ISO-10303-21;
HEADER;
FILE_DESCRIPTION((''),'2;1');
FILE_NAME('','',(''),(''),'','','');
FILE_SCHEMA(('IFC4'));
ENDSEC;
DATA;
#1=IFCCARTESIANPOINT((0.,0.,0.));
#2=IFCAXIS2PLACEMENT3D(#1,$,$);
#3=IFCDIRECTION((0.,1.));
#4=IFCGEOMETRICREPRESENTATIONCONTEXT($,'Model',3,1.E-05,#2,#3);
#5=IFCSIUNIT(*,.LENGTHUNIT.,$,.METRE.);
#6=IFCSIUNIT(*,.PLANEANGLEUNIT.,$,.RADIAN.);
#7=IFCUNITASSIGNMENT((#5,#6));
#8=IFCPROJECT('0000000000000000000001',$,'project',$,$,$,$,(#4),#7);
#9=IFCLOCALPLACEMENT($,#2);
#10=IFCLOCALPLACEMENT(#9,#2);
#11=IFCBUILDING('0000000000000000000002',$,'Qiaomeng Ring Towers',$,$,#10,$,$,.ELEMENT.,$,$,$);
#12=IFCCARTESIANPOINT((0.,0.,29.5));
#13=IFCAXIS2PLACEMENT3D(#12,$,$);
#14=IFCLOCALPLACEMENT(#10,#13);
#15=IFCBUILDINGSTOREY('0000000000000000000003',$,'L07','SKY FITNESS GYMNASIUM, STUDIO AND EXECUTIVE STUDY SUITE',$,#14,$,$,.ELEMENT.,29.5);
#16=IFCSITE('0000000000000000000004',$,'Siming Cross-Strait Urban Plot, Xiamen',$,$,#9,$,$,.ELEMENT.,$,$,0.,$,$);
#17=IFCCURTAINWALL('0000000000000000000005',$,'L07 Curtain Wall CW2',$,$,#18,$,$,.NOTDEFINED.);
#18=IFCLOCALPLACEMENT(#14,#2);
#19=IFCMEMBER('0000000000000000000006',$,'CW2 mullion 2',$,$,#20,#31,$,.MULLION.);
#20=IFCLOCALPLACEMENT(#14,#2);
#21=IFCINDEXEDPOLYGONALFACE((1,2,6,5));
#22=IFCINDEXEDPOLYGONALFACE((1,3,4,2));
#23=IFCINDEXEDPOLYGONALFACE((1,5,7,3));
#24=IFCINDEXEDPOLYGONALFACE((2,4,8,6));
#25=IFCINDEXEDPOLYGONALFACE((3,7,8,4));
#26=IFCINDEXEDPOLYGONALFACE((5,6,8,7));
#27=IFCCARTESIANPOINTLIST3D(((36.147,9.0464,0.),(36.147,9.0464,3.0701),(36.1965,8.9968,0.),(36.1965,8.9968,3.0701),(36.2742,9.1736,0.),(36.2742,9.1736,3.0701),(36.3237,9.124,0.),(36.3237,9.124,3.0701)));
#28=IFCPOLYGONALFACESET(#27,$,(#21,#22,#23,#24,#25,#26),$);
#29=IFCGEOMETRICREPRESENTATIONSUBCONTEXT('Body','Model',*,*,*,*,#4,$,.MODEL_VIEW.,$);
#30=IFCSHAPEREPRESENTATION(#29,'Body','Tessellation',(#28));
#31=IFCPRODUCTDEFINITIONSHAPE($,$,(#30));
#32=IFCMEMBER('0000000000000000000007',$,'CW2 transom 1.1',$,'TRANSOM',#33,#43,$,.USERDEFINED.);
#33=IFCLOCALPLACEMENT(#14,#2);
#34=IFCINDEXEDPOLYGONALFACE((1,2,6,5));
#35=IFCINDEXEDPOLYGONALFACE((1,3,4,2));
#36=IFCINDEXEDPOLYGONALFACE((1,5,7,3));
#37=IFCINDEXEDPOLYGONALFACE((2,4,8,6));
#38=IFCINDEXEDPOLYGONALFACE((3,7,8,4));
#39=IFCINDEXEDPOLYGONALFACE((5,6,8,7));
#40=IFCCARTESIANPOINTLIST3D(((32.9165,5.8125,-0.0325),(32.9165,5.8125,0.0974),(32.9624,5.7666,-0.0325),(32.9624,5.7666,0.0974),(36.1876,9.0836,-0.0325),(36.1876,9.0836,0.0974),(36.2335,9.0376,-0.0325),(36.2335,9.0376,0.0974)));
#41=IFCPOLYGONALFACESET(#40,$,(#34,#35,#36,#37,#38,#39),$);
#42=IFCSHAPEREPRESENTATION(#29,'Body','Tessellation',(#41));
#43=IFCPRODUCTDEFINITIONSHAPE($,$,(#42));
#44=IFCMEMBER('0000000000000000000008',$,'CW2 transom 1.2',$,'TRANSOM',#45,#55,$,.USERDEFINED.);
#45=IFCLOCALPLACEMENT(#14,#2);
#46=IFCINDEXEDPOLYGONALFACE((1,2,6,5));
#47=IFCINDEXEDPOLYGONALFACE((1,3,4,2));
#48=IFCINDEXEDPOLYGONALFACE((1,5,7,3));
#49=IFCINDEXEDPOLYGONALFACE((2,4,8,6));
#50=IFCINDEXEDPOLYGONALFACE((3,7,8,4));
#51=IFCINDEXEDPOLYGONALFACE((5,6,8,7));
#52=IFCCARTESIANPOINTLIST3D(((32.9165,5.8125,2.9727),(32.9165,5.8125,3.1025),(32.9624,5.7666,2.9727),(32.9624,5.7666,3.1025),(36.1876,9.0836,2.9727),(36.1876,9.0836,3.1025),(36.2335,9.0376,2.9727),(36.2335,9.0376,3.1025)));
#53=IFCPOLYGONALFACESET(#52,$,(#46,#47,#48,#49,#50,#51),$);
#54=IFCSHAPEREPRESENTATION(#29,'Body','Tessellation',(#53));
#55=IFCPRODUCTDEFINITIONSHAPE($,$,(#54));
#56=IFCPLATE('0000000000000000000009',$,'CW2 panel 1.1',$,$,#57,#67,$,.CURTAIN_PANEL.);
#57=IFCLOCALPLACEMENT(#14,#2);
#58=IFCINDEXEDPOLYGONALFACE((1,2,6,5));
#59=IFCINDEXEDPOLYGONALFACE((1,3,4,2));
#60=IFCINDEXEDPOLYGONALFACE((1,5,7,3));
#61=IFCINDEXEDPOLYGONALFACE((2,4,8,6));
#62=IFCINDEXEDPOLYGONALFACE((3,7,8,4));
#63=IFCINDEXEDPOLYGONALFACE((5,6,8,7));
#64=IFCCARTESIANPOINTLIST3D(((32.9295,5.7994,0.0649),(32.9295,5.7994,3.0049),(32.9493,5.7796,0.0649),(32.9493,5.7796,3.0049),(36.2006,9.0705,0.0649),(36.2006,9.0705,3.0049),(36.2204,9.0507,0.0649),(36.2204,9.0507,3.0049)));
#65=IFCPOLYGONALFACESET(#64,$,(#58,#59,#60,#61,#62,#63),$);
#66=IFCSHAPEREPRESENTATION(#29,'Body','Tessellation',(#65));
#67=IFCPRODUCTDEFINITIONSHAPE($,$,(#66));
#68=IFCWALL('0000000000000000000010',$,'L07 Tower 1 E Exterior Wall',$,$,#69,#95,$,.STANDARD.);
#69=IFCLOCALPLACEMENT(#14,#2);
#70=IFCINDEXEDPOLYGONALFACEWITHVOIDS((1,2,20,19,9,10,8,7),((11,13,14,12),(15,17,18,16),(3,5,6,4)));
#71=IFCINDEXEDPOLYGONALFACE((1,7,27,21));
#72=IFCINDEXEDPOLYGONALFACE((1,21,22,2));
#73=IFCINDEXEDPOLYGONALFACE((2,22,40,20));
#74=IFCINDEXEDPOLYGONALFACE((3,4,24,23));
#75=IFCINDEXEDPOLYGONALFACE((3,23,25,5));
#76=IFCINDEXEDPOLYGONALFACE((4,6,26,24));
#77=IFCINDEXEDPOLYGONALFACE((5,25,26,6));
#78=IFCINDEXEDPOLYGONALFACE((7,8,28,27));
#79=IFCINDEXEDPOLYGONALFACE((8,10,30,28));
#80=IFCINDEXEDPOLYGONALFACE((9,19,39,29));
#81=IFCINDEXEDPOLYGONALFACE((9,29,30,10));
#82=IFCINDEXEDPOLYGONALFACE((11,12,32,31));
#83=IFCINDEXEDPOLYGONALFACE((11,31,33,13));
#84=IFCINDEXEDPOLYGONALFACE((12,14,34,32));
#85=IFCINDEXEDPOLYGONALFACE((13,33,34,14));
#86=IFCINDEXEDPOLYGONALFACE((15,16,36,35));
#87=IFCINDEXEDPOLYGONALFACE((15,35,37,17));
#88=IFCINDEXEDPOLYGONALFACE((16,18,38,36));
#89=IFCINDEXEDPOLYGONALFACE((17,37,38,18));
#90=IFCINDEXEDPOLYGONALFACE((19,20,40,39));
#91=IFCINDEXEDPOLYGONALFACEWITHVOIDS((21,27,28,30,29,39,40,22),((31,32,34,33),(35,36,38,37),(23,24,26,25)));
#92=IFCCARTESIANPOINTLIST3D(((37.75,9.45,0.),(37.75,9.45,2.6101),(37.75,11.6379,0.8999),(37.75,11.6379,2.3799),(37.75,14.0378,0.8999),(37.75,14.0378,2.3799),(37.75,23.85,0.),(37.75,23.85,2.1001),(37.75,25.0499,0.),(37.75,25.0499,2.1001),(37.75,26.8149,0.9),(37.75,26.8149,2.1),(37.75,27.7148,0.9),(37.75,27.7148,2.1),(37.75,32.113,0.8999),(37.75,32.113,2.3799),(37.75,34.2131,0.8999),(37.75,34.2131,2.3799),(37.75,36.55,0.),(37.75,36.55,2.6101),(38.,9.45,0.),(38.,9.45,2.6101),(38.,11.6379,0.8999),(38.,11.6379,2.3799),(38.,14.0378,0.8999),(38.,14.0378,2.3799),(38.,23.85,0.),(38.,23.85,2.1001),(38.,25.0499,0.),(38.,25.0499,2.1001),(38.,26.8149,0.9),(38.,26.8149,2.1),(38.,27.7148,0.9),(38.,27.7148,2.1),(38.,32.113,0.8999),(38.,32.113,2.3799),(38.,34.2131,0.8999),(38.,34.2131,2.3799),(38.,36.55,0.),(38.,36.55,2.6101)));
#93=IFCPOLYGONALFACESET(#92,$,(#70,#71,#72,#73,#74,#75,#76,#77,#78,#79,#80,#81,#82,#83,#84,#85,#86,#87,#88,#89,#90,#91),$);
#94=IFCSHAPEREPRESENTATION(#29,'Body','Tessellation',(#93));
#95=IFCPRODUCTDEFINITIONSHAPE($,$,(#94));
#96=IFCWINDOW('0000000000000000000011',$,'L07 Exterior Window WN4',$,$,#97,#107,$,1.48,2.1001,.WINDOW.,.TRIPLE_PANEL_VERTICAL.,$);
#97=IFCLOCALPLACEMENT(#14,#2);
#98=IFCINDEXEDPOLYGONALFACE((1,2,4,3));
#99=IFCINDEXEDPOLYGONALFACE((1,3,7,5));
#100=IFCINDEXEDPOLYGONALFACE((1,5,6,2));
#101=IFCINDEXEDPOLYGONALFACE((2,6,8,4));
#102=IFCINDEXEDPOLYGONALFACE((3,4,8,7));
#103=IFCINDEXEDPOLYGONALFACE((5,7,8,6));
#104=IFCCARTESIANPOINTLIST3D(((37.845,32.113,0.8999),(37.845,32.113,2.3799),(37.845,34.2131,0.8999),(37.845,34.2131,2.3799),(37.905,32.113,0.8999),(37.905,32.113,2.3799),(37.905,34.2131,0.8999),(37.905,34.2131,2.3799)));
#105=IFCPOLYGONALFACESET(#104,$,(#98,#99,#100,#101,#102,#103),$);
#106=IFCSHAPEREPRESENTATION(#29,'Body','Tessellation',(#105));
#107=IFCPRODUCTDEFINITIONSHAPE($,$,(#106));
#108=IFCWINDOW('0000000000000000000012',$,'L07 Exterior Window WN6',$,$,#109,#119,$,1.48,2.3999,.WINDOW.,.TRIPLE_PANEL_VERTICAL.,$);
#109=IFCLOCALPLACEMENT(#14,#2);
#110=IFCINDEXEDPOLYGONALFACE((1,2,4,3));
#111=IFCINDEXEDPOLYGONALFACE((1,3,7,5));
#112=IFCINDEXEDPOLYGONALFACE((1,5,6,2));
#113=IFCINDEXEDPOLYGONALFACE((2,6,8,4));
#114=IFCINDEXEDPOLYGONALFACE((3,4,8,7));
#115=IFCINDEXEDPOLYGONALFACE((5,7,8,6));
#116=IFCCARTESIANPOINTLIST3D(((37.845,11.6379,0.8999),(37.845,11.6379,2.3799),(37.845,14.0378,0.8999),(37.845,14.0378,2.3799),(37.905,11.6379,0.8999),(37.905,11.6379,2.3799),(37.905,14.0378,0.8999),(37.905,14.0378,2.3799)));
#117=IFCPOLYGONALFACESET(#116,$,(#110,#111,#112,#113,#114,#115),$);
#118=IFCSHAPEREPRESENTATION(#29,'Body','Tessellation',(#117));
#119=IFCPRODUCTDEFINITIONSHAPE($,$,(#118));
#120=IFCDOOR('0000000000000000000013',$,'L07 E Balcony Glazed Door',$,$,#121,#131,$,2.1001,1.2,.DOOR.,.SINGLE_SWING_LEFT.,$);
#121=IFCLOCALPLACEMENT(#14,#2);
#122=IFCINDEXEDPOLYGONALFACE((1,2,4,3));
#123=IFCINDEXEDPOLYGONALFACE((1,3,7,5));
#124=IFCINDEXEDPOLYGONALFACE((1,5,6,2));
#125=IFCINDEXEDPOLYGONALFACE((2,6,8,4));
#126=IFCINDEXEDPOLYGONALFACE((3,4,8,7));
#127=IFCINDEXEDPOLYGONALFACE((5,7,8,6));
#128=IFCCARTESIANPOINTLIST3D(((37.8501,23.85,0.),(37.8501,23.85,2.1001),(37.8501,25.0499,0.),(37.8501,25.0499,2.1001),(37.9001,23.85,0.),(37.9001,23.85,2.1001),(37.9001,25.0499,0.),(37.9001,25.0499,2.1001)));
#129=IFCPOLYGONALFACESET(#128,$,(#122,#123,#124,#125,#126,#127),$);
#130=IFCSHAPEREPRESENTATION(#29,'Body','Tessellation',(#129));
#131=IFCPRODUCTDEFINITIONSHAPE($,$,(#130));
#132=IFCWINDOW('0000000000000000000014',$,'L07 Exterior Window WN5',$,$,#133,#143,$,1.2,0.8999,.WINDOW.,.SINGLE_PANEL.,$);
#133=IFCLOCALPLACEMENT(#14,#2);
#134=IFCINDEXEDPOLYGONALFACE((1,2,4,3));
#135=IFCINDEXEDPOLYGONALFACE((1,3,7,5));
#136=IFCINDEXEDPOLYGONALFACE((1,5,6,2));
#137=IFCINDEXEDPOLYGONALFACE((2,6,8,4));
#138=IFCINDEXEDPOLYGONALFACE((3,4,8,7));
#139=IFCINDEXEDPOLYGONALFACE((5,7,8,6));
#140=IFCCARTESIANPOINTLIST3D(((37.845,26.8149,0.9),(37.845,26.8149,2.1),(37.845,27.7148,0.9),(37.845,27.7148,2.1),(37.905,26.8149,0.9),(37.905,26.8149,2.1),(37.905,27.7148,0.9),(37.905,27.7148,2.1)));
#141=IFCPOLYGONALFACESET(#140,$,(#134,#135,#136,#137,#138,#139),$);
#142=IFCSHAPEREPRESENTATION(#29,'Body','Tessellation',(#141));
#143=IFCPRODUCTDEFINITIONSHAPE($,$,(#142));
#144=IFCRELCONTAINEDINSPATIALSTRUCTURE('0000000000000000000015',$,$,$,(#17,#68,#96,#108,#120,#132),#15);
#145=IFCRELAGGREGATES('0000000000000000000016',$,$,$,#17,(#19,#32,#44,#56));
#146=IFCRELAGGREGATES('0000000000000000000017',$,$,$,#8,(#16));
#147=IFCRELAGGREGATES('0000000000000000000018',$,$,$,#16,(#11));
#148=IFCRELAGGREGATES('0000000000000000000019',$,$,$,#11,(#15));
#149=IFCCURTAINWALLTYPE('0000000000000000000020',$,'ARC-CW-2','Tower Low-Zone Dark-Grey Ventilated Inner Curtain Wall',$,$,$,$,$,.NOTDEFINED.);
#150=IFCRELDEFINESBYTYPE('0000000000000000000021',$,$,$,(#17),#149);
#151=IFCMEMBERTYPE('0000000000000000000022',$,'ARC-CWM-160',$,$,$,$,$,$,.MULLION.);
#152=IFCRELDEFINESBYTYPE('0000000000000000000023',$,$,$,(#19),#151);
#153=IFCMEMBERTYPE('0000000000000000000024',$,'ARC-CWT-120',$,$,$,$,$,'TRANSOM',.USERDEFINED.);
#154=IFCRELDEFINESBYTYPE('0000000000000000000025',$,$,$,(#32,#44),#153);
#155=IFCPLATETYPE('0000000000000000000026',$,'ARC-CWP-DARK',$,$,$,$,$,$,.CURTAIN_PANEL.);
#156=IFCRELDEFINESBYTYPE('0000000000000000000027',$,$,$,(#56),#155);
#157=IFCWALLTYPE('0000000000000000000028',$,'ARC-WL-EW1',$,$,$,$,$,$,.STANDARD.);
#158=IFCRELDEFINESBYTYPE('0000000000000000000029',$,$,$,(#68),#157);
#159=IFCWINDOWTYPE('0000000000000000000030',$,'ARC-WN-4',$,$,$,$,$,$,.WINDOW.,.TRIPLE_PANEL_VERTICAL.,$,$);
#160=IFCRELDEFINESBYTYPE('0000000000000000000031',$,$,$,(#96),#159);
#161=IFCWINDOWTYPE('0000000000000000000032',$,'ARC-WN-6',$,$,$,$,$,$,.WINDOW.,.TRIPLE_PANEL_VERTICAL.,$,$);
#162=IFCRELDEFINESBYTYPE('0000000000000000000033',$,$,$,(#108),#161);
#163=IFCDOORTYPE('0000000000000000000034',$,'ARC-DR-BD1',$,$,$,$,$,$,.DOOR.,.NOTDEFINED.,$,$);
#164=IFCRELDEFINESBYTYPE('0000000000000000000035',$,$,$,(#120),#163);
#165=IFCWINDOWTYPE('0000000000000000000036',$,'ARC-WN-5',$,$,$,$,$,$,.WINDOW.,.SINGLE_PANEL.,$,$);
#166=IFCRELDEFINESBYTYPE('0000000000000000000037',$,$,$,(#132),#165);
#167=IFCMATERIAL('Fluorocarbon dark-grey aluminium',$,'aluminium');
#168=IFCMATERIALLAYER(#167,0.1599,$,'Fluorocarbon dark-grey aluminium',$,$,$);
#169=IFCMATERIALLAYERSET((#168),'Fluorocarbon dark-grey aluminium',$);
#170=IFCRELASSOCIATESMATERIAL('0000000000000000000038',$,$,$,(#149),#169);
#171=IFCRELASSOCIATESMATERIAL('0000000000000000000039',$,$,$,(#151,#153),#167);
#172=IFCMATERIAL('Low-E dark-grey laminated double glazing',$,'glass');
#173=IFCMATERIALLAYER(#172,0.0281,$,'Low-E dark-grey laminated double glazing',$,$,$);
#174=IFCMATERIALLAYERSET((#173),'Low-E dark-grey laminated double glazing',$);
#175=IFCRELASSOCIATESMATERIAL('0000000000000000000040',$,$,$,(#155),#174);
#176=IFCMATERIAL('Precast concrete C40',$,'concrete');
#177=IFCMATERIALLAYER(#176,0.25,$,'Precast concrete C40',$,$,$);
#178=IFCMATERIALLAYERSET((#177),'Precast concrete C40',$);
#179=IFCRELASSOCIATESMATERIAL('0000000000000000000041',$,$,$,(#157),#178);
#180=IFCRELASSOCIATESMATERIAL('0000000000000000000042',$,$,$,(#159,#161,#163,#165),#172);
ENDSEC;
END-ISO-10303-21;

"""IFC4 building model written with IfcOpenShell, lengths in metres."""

from ifc_helpers import new_model, si_unit, direction, frame, frame_2d, origin, origin_2d, place, context, subcontext, project, spatial, rectangle, extrude, source, transform, mapped, material, layer, layer_set, material_profile, profile_set, type_object, element, fill, aggregate, save


model = new_model("IFC4")

# Units and contexts
model_context = context("Model", 3, precision=1e-05, world=origin(), true_north=direction((0.0, 1.0)))
body_context = subcontext(model_context, "Body", "Model", "MODEL_VIEW")
ifc_project = project(units=[si_unit("LENGTHUNIT", "METRE"), si_unit("PLANEANGLEUNIT", "RADIAN")], contexts=[model_context])

# Site, building, storey
site_placement = place(None, origin())
site = spatial("IfcSite", under=ifc_project, at=site_placement, Name="Siming Cross-Strait Urban Plot, Xiamen", CompositionType="ELEMENT", RefElevation=0.0)
building_placement = place(site_placement, origin())
building = spatial("IfcBuilding", under=site, at=building_placement, Name="Qiaomeng Ring Towers", CompositionType="ELEMENT")
storey_placement = place(building_placement, frame((0.0, 0.0, 29.5)))
storey = spatial("IfcBuildingStorey", under=building, at=storey_placement, Name="L07", Description="SKY FITNESS GYMNASIUM, STUDIO AND EXECUTIVE STUDY SUITE", CompositionType="ELEMENT", Elevation=29.5)

# Curtain wall, members, plate
ifc_material_1 = material(Name="Fluorocarbon dark-grey aluminium", Category="aluminium")
ifc_layer_1 = layer(ifc_material_1, 0.1599, Name="Fluorocarbon dark-grey aluminium")
ifc_layer_set_1 = layer_set([ifc_layer_1], Name="Fluorocarbon dark-grey aluminium")
curtain_wall_type = type_object("IfcCurtainWallType", Name="ARC-CW-2", Description="Tower Low-Zone Dark-Grey Ventilated Inner Curtain Wall", PredefinedType="NOTDEFINED", material=ifc_layer_set_1)
curtain_wall_placement = place(storey_placement, origin())
curtain_wall = element("IfcCurtainWall", 1, at=curtain_wall_placement, inside=storey, type_object=curtain_wall_type, Name="L07 Curtain Wall CW2", PredefinedType="NOTDEFINED")
ifc_material_profile_1 = material_profile(ifc_material_1, rectangle(XDim=0.0701, YDim=0.1799, at=origin_2d()), Name="ALU MULL 70x180")
ifc_profile_set_1 = profile_set([ifc_material_profile_1], Name="Fluorocarbon dark-grey aluminium")
member_type_1 = type_object("IfcMemberType", Name="ARC-CWM-160", PredefinedType="MULLION", material=ifc_profile_set_1)
shared_shape_1 = source(origin(), body_context, "Body", "SweptSolid", [
    extrude(rectangle(XDim=0.0701, YDim=0.1799, at=origin_2d()), origin(), (0.0, 0.0, 1.0), 3.0701),
])
member_1_placement = place(storey_placement, frame((36.2354, 9.0852, 0.0), z_axis=(0.0, 0.0, 1.0), x_axis=(-0.707107, 0.707107, 0.0)))
member_1 = element("IfcMember", 2, at=member_1_placement, type_object=member_type_1, Name="CW2 mullion 2", PredefinedType="MULLION", context=body_context, shape_type="MappedRepresentation", body=[
    mapped(shared_shape_1, transform((0.0, 0.0, 0.0), x_axis=(1.0, 0.0, 0.0), y_axis=(0.0, 1.0, 0.0), z_axis=(0.0, 0.0, 1.0), scale=1.0)),
])
ifc_material_profile_2 = material_profile(ifc_material_1, rectangle(XDim=0.0649, YDim=0.1299, at=origin_2d()), Name="ALU TRAN 65x130")
ifc_profile_set_2 = profile_set([ifc_material_profile_2], Name="Fluorocarbon dark-grey aluminium")
member_type_2 = type_object("IfcMemberType", Name="ARC-CWT-120", ElementType="TRANSOM", PredefinedType="USERDEFINED", material=ifc_profile_set_2)
shared_shape_2 = source(origin(), body_context, "Body", "SweptSolid", [
    extrude(rectangle(XDim=0.0649, YDim=0.1299, at=origin_2d()), origin(), (0.0, 0.0, 1.0), 4.626),
])
member_2_placement = place(storey_placement, frame((32.9395, 5.7896, 0.0325), z_axis=(0.707107, 0.707107, 0.0), x_axis=(-0.707107, 0.707107, 0.0)))
member_2 = element("IfcMember", 3, at=member_2_placement, type_object=member_type_2, Name="CW2 transom 1.1", ObjectType="TRANSOM", PredefinedType="USERDEFINED", context=body_context, shape_type="MappedRepresentation", body=[
    mapped(shared_shape_2, transform((0.0, 0.0, 0.0), x_axis=(1.0, 0.0, 0.0), y_axis=(0.0, 1.0, 0.0), z_axis=(0.0, 0.0, 1.0), scale=1.0)),
])
member_3_placement = place(storey_placement, frame((32.9395, 5.7896, 3.0376), z_axis=(0.707107, 0.707107, 0.0), x_axis=(-0.707107, 0.707107, 0.0)))
member_3 = element("IfcMember", 4, at=member_3_placement, type_object=member_type_2, Name="CW2 transom 1.2", ObjectType="TRANSOM", PredefinedType="USERDEFINED", context=body_context, shape_type="MappedRepresentation", body=[
    mapped(shared_shape_2, transform((0.0, 0.0, 0.0), x_axis=(1.0, 0.0, 0.0), y_axis=(0.0, 1.0, 0.0), z_axis=(0.0, 0.0, 1.0), scale=1.0)),
])
ifc_material_2 = material(Name="Low-E dark-grey laminated double glazing", Category="glass")
ifc_layer_2 = layer(ifc_material_2, 0.0281, Name="Low-E dark-grey laminated double glazing")
ifc_layer_set_2 = layer_set([ifc_layer_2], Name="Low-E dark-grey laminated double glazing")
plate_type = type_object("IfcPlateType", Name="ARC-CWP-DARK", PredefinedType="CURTAIN_PANEL", material=ifc_layer_set_2)
shared_shape_3 = source(origin(), body_context, "Body", "SweptSolid", [
    extrude(rectangle(XDim=4.626, YDim=0.0281, at=origin_2d()), origin(), (0.0, 0.0, 1.0), 2.9399),
])
plate_placement = place(storey_placement, frame((34.575, 7.425, 0.0649), z_axis=(0.0, 0.0, 1.0), x_axis=(0.707107, 0.707107, 0.0)))
plate = element("IfcPlate", 5, at=plate_placement, type_object=plate_type, Name="CW2 panel 1.1", PredefinedType="CURTAIN_PANEL", context=body_context, shape_type="MappedRepresentation", body=[
    mapped(shared_shape_3, transform((0.0, 0.0, 0.0), x_axis=(1.0, 0.0, 0.0), y_axis=(0.0, 1.0, 0.0), z_axis=(0.0, 0.0, 1.0), scale=1.0)),
])
aggregate(curtain_wall, [member_1, member_2, member_3, plate])

# Wall, openings, windows, door
ifc_material_3 = material(Name="Precast concrete C40", Category="concrete")
ifc_layer_3 = layer(ifc_material_3, 0.25, Name="Precast concrete C40")
ifc_layer_set_3 = layer_set([ifc_layer_3], Name="Precast concrete C40")
wall_type_1 = type_object("IfcWallType", Name="ARC-WL-EW1", PredefinedType="STANDARD", material=ifc_layer_set_3)
wall_1_placement = place(storey_placement, frame((37.875, 9.45, 0.0), z_axis=(0.0, 0.0, 1.0), x_axis=(0.0, 1.0, 0.0)))
wall_1 = element("IfcWall", 6, at=wall_1_placement, inside=storey, type_object=wall_type_1, Name="L07 Tower 1 E Exterior Wall", PredefinedType="STANDARD", context=body_context, shape_type="SweptSolid", body=[
    extrude(rectangle(XDim=27.1001, YDim=0.25, at=frame_2d((13.55, 0.0))), origin(), (0.0, 0.0, 1.0), 2.6101),
])
opening_1_placement = place(wall_1_placement, frame((14.3999, 0.0, 0.0)))
opening_1 = element("IfcOpeningElement", 7, at=opening_1_placement, cuts=wall_1, PredefinedType="OPENING", context=body_context, shape_type="SweptSolid", body=[
    extrude(rectangle(XDim=1.2, YDim=2.1001, at=frame_2d((0.6001, 1.05))), frame((0.0, 0.135, 0.0), z_axis=(0.0, -1.0, 0.0), x_axis=(1.0, 0.0, 0.0)), (0.0, 0.0, 1.0), 0.27),
])
opening_2_placement = place(wall_1_placement, frame((2.188, 0.0, 0.8999)))
opening_2 = element("IfcOpeningElement", 8, at=opening_2_placement, cuts=wall_1, PredefinedType="OPENING", context=body_context, shape_type="SweptSolid", body=[
    extrude(rectangle(XDim=2.3999, YDim=1.48, at=frame_2d((1.2, 0.74))), frame((0.0, 0.135, 0.0), z_axis=(0.0, -1.0, 0.0), x_axis=(1.0, 0.0, 0.0)), (0.0, 0.0, 1.0), 0.27),
])
opening_3_placement = place(wall_1_placement, frame((22.6631, 0.0, 0.8999)))
opening_3 = element("IfcOpeningElement", 9, at=opening_3_placement, cuts=wall_1, PredefinedType="OPENING", context=body_context, shape_type="SweptSolid", body=[
    extrude(rectangle(XDim=2.1001, YDim=1.48, at=frame_2d((1.05, 0.74))), frame((0.0, 0.135, 0.0), z_axis=(0.0, -1.0, 0.0), x_axis=(1.0, 0.0, 0.0)), (0.0, 0.0, 1.0), 0.27),
])
opening_4_placement = place(wall_1_placement, frame((17.365, 0.0, 0.8999)))
opening_4 = element("IfcOpeningElement", 10, at=opening_4_placement, cuts=wall_1, PredefinedType="OPENING", context=body_context, shape_type="SweptSolid", body=[
    extrude(rectangle(XDim=0.8999, YDim=1.2, at=frame_2d((0.45, 0.6001))), frame((0.0, 0.135, 0.0), z_axis=(0.0, -1.0, 0.0), x_axis=(1.0, 0.0, 0.0)), (0.0, 0.0, 1.0), 0.27),
])
window_type_1 = type_object("IfcWindowType", Name="ARC-WN-4", PartitioningType="TRIPLE_PANEL_VERTICAL", PredefinedType="WINDOW", material=ifc_material_2)
shared_shape_4 = source(origin(), body_context, "Body", "SweptSolid", [
    extrude(rectangle(XDim=2.1001, YDim=1.48, at=frame_2d((1.05, 0.74))), frame((0.0, 0.03, 0.0), z_axis=(0.0, -1.0, 0.0), x_axis=(1.0, 0.0, 0.0)), (0.0, 0.0, 1.0), 0.0601),
])
window_1_placement = place(opening_3_placement, origin())
window_1 = element("IfcWindow", 11, at=window_1_placement, inside=storey, type_object=window_type_1, Name="L07 Exterior Window WN4", OverallHeight=1.48, OverallWidth=2.1001, PartitioningType="TRIPLE_PANEL_VERTICAL", PredefinedType="WINDOW", context=body_context, shape_type="MappedRepresentation", body=[
    mapped(shared_shape_4, transform((0.0, 0.0, 0.0), x_axis=(1.0, 0.0, 0.0), y_axis=(0.0, 1.0, 0.0), z_axis=(0.0, 0.0, 1.0), scale=1.0)),
])
fill(opening_3, window_1)
window_type_2 = type_object("IfcWindowType", Name="ARC-WN-6", PartitioningType="TRIPLE_PANEL_VERTICAL", PredefinedType="WINDOW", material=ifc_material_2)
shared_shape_5 = source(origin(), body_context, "Body", "SweptSolid", [
    extrude(rectangle(XDim=2.3999, YDim=1.48, at=frame_2d((1.2, 0.74))), frame((0.0, 0.03, 0.0), z_axis=(0.0, -1.0, 0.0), x_axis=(1.0, 0.0, 0.0)), (0.0, 0.0, 1.0), 0.0601),
])
window_2_placement = place(opening_2_placement, origin())
window_2 = element("IfcWindow", 12, at=window_2_placement, inside=storey, type_object=window_type_2, Name="L07 Exterior Window WN6", OverallHeight=1.48, OverallWidth=2.3999, PartitioningType="TRIPLE_PANEL_VERTICAL", PredefinedType="WINDOW", context=body_context, shape_type="MappedRepresentation", body=[
    mapped(shared_shape_5, transform((0.0, 0.0, 0.0), x_axis=(1.0, 0.0, 0.0), y_axis=(0.0, 1.0, 0.0), z_axis=(0.0, 0.0, 1.0), scale=1.0)),
])
fill(opening_2, window_2)
door_type_1 = type_object("IfcDoorType", Name="ARC-DR-BD1", OperationType="NOTDEFINED", PredefinedType="DOOR", material=ifc_material_2)
shared_shape_6 = source(origin(), body_context, "Body", "SweptSolid", [
    extrude(rectangle(XDim=1.2, YDim=2.1001, at=frame_2d((0.6001, 1.05))), frame((0.0, 0.0249, 0.0), z_axis=(0.0, -1.0, 0.0), x_axis=(1.0, 0.0, 0.0)), (0.0, 0.0, 1.0), 0.05),
])
door_1_placement = place(opening_1_placement, origin())
door_1 = element("IfcDoor", 13, at=door_1_placement, inside=storey, type_object=door_type_1, Name="L07 E Balcony Glazed Door", OperationType="SINGLE_SWING_LEFT", OverallHeight=2.1001, OverallWidth=1.2, PredefinedType="DOOR", context=body_context, shape_type="MappedRepresentation", body=[
    mapped(shared_shape_6, transform((0.0, 0.0, 0.0), x_axis=(1.0, 0.0, 0.0), y_axis=(0.0, 1.0, 0.0), z_axis=(0.0, 0.0, 1.0), scale=1.0)),
])
fill(opening_1, door_1)
window_type_3 = type_object("IfcWindowType", Name="ARC-WN-5", PartitioningType="SINGLE_PANEL", PredefinedType="WINDOW", material=ifc_material_2)
shared_shape_7 = source(origin(), body_context, "Body", "SweptSolid", [
    extrude(rectangle(XDim=0.8999, YDim=1.2, at=frame_2d((0.45, 0.6001))), frame((0.0, 0.03, 0.0), z_axis=(0.0, -1.0, 0.0), x_axis=(1.0, 0.0, 0.0)), (0.0, 0.0, 1.0), 0.0601),
])
window_3_placement = place(opening_4_placement, origin())
window_3 = element("IfcWindow", 14, at=window_3_placement, inside=storey, type_object=window_type_3, Name="L07 Exterior Window WN5", OverallHeight=1.2, OverallWidth=0.8999, PartitioningType="SINGLE_PANEL", PredefinedType="WINDOW", context=body_context, shape_type="MappedRepresentation", body=[
    mapped(shared_shape_7, transform((0.0, 0.0, 0.0), x_axis=(1.0, 0.0, 0.0), y_axis=(0.0, 1.0, 0.0), z_axis=(0.0, 0.0, 1.0), scale=1.0)),
])
fill(opening_4, window_3)

save(model, "model.ifc")
